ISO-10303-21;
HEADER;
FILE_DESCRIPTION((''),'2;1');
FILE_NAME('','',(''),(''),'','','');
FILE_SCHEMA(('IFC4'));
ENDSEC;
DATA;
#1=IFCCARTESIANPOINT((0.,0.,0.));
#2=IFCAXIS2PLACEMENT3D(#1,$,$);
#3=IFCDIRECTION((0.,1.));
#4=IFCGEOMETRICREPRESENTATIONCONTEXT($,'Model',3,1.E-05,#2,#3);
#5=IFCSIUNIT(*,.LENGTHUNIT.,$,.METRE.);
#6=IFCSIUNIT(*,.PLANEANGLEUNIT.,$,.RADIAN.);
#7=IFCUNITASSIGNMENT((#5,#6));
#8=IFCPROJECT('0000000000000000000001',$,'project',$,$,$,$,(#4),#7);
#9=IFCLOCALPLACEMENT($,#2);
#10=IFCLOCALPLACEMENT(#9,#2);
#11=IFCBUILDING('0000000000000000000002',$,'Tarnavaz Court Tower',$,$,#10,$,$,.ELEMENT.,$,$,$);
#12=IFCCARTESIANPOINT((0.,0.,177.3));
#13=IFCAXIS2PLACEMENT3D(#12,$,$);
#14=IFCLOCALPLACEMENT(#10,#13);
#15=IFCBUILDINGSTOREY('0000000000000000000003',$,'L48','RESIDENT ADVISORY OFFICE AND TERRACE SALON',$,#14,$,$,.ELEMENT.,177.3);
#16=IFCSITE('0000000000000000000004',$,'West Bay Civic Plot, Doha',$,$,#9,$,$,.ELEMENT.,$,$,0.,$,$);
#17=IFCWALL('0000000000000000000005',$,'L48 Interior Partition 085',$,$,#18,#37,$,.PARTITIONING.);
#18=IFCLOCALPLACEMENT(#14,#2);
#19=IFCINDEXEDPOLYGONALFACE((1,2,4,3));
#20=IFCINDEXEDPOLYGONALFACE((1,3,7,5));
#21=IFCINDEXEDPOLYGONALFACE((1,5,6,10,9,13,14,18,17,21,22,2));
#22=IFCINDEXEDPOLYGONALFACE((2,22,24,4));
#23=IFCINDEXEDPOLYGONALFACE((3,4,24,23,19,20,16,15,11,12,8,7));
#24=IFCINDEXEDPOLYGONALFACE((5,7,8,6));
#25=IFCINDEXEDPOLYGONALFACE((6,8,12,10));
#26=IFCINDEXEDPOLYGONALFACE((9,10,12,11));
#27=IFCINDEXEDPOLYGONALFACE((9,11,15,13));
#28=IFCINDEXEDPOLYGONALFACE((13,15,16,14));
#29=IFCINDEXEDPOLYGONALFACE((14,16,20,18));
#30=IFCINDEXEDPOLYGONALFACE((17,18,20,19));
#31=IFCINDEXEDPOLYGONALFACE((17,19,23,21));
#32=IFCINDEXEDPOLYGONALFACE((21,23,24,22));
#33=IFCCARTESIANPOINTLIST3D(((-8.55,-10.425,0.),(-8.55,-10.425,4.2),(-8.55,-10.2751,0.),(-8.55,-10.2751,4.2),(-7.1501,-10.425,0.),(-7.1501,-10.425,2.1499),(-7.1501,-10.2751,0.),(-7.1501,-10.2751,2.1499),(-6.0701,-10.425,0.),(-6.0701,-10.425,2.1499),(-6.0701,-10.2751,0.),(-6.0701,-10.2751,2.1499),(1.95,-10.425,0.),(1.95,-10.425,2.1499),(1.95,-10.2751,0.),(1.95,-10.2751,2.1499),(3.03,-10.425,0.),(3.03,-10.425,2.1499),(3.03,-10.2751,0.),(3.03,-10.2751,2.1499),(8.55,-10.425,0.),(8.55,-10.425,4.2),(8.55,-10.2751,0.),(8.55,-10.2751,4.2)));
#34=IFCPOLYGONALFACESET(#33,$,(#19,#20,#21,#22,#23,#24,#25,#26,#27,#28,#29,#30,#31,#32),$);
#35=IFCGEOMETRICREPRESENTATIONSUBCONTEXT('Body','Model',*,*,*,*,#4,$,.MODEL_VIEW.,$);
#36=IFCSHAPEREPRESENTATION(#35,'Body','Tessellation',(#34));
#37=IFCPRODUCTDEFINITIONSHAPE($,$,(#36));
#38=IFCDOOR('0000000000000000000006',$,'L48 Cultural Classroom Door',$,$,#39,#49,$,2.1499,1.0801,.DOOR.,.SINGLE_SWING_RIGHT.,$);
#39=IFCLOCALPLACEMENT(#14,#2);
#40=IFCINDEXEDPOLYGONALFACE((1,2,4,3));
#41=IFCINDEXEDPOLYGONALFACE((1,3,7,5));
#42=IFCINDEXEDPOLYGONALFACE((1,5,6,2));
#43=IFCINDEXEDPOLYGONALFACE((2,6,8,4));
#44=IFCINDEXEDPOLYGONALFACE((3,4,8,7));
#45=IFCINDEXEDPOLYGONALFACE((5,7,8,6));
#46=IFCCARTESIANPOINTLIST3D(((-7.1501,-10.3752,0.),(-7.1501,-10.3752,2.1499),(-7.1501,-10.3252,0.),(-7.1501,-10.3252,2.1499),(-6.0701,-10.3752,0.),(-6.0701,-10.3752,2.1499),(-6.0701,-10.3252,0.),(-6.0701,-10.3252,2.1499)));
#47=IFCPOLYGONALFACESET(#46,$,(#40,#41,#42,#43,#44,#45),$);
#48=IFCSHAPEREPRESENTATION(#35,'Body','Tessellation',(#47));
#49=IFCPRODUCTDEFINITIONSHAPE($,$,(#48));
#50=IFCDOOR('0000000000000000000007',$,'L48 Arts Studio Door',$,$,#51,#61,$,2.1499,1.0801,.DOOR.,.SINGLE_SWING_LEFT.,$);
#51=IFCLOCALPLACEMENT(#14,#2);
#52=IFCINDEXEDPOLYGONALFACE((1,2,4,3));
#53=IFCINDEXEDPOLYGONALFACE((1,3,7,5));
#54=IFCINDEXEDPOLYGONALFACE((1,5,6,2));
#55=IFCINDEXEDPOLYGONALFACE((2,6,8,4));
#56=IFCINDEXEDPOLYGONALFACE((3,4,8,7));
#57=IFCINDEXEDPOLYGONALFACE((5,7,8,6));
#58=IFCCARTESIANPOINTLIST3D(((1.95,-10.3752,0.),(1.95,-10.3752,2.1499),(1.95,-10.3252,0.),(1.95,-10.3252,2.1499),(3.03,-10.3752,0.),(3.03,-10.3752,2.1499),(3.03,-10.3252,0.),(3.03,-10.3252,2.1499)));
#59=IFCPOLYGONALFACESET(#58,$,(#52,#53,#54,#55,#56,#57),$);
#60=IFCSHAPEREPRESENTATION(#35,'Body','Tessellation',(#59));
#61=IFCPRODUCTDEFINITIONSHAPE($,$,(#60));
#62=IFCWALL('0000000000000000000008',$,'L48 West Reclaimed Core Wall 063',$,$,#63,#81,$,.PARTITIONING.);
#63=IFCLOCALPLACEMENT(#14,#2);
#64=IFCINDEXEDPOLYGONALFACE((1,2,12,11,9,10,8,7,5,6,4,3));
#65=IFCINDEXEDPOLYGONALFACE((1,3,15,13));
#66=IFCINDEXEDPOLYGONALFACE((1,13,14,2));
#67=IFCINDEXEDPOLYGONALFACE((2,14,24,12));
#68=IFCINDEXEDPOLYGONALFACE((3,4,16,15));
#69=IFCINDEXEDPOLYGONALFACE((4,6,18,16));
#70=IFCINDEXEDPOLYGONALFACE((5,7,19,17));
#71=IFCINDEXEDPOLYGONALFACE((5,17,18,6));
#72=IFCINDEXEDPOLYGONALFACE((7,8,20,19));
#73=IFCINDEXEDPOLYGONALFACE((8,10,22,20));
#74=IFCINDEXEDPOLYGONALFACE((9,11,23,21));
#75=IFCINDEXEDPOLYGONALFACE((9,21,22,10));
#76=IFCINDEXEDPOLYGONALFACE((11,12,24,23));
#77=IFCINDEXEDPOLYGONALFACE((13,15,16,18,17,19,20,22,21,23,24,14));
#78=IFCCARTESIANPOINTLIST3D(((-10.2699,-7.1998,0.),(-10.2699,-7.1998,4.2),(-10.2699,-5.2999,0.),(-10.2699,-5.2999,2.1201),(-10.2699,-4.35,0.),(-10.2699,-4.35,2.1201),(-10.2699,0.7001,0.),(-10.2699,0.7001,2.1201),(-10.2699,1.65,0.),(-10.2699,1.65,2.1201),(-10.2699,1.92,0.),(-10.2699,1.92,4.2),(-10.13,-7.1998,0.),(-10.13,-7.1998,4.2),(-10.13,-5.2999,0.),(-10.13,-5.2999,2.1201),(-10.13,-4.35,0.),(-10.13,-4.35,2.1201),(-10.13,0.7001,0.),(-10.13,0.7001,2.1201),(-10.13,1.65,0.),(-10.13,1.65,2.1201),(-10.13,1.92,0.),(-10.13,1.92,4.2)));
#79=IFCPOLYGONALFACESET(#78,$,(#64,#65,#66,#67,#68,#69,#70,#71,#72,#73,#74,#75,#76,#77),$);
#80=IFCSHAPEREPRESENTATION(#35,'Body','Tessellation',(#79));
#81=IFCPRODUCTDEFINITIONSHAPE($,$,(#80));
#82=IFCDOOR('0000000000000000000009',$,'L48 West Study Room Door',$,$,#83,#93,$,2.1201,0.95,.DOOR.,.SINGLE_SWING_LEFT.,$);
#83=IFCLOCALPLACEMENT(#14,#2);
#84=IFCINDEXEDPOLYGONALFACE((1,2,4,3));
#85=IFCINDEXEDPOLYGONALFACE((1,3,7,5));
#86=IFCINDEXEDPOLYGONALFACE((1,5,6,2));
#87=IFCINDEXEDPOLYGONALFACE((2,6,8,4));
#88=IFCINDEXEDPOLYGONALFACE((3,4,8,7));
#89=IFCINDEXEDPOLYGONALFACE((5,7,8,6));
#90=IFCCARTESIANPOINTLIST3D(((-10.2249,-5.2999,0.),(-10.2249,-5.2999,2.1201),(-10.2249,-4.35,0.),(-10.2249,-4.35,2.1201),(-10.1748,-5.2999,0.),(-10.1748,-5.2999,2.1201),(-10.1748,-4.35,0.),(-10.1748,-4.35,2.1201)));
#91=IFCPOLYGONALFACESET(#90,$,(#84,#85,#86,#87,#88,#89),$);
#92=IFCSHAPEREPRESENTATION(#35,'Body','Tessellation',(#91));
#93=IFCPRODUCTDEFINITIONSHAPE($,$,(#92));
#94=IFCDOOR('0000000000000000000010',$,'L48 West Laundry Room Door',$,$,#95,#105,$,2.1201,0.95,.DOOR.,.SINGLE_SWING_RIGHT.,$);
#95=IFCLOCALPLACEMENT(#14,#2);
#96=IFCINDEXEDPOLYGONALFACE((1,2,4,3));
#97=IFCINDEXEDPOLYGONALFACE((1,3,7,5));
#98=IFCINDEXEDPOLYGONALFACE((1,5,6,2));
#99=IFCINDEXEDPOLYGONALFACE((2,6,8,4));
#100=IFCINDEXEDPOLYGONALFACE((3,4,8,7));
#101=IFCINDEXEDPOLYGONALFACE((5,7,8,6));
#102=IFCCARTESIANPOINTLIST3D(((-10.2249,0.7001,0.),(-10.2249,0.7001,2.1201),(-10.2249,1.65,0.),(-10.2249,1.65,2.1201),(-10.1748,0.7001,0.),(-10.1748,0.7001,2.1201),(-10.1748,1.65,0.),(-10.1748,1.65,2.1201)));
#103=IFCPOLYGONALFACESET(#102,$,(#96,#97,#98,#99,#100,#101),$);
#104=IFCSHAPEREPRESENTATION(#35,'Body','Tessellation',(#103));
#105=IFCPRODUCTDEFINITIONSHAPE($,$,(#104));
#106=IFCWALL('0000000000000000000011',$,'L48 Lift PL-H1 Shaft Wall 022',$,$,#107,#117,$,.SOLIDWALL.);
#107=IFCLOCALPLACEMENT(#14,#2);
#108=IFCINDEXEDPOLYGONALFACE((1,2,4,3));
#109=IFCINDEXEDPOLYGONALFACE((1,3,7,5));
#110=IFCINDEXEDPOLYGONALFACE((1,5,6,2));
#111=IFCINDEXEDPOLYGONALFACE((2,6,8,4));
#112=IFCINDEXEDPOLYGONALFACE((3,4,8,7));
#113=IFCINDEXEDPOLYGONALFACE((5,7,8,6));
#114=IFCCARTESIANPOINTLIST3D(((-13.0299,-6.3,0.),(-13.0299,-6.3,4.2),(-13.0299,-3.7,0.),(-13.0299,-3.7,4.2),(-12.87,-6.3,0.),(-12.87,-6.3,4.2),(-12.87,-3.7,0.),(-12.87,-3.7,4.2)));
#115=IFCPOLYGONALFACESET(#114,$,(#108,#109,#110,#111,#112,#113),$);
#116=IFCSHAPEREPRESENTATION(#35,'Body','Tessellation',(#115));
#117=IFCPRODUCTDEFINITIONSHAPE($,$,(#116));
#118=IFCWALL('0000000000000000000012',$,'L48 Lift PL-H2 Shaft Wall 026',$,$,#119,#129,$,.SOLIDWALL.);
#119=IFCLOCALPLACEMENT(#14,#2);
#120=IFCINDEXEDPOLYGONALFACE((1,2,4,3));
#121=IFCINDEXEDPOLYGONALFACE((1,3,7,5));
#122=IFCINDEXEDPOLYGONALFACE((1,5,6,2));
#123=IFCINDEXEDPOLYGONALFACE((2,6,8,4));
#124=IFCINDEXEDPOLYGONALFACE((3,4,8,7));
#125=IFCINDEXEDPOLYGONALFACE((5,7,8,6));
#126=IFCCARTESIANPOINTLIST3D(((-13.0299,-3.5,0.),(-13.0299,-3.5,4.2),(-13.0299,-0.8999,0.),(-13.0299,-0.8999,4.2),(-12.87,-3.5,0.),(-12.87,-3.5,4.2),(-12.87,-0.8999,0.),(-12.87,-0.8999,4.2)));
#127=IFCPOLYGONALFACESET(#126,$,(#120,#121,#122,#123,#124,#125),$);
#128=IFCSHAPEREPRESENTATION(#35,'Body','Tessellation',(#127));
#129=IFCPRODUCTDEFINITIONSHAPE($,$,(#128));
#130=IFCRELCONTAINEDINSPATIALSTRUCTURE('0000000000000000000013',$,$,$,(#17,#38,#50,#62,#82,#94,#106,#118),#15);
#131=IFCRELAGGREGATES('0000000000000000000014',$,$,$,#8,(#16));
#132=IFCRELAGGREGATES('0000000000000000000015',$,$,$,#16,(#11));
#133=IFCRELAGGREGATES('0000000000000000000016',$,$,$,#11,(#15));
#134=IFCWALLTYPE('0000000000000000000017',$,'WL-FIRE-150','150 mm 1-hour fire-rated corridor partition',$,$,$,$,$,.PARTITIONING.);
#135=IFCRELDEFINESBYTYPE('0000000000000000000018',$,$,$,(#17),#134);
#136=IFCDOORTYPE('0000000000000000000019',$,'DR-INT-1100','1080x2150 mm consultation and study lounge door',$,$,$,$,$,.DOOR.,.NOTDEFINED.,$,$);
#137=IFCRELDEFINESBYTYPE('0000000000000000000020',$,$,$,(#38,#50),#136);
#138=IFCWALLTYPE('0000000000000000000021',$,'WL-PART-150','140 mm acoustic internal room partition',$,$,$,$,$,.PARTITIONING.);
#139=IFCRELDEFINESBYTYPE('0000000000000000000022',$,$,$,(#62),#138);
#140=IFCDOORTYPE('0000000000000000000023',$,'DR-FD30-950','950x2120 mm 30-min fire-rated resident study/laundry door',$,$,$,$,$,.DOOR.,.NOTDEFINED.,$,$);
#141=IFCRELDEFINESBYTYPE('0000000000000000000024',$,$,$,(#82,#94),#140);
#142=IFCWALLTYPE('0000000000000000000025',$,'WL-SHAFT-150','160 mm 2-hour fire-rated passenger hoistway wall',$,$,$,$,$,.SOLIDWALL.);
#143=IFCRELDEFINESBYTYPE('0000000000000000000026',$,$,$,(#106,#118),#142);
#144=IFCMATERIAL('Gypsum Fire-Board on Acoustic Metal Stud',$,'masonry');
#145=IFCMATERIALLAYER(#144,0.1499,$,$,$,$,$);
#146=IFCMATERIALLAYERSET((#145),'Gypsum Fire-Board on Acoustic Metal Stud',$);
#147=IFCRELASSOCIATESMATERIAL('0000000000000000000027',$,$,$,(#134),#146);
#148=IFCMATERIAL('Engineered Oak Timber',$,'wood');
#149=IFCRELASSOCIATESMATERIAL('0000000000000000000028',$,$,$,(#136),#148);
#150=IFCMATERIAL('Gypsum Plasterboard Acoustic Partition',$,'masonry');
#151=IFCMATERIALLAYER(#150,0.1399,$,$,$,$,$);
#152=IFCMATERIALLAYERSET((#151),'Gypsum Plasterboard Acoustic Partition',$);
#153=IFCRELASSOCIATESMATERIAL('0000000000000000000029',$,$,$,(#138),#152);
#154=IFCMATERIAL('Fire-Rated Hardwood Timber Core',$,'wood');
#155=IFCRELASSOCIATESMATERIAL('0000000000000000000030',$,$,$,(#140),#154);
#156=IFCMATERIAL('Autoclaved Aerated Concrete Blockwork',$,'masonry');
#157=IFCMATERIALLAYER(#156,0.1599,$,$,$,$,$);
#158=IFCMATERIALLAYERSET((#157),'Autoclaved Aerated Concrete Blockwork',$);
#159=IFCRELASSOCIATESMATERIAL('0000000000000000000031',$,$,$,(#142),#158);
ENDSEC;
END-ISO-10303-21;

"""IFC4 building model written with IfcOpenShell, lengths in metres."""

from ifc_helpers import new_model, si_unit, direction, frame, frame_2d, origin, place, context, subcontext, project, spatial, rectangle, extrude, material, layer, layer_set, type_object, element, fill, save


model = new_model("IFC4")

# Units and contexts
model_context = context("Model", 3, precision=1e-05, world=origin(), true_north=direction((0.0, 1.0)))
body_context = subcontext(model_context, "Body", "Model", "MODEL_VIEW")
ifc_project = project(units=[si_unit("LENGTHUNIT", "METRE"), si_unit("PLANEANGLEUNIT", "RADIAN")], contexts=[model_context])

# Site, building, storey
site_placement = place(None, origin())
site = spatial("IfcSite", under=ifc_project, at=site_placement, Name="West Bay Civic Plot, Doha", CompositionType="ELEMENT", RefElevation=0.0)
building_placement = place(site_placement, origin())
building = spatial("IfcBuilding", under=site, at=building_placement, Name="Tarnavaz Court Tower", CompositionType="ELEMENT")
storey_placement = place(building_placement, frame((0.0, 0.0, 177.3)))
storey = spatial("IfcBuildingStorey", under=building, at=storey_placement, Name="L48", Description="RESIDENT ADVISORY OFFICE AND TERRACE SALON", CompositionType="ELEMENT", Elevation=177.3)

# Walls, openings, doors
ifc_material_1 = material(Name="Gypsum Fire-Board on Acoustic Metal Stud", Category="masonry")
ifc_layer_1 = layer(ifc_material_1, 0.1499)
ifc_layer_set_1 = layer_set([ifc_layer_1], Name="Gypsum Fire-Board on Acoustic Metal Stud")
wall_type_1 = type_object("IfcWallType", Name="WL-FIRE-150", Description="150 mm 1-hour fire-rated corridor partition", PredefinedType="PARTITIONING", material=ifc_layer_set_1)
wall_1_placement = place(storey_placement, frame((-8.55, -10.3501, 0.0), z_axis=(0.0, 0.0, 1.0), x_axis=(1.0, 0.0, 0.0)))
wall_1 = element("IfcWall", 1, at=wall_1_placement, inside=storey, type_object=wall_type_1, Name="L48 Interior Partition 085", PredefinedType="PARTITIONING", context=body_context, shape_type="SweptSolid", body=[
    extrude(rectangle(XDim=17.1001, YDim=0.1499, at=frame_2d((8.55, 0.0))), origin(), (0.0, 0.0, 1.0), 4.2),
])
opening_1_placement = place(wall_1_placement, frame((1.3999, 0.0, 0.0)))
opening_1 = element("IfcOpeningElement", 2, at=opening_1_placement, cuts=wall_1, PredefinedType="OPENING", context=body_context, shape_type="SweptSolid", body=[
    extrude(rectangle(XDim=1.0801, YDim=2.1499, at=frame_2d((0.54, 1.075))), frame((0.0, 0.085, 0.0), z_axis=(0.0, -1.0, 0.0), x_axis=(1.0, 0.0, 0.0)), (0.0, 0.0, 1.0), 0.1699),
])
opening_2_placement = place(wall_1_placement, frame((10.5, 0.0, 0.0)))
opening_2 = element("IfcOpeningElement", 3, at=opening_2_placement, cuts=wall_1, PredefinedType="OPENING", context=body_context, shape_type="SweptSolid", body=[
    extrude(rectangle(XDim=1.0801, YDim=2.1499, at=frame_2d((0.54, 1.075))), frame((0.0, 0.085, 0.0), z_axis=(0.0, -1.0, 0.0), x_axis=(1.0, 0.0, 0.0)), (0.0, 0.0, 1.0), 0.1699),
])
ifc_material_2 = material(Name="Engineered Oak Timber", Category="wood")
door_type_1 = type_object("IfcDoorType", Name="DR-INT-1100", Description="1080x2150 mm consultation and study lounge door", OperationType="NOTDEFINED", PredefinedType="DOOR", material=ifc_material_2)
door_1_placement = place(opening_1_placement, origin())
door_1 = element("IfcDoor", 4, at=door_1_placement, inside=storey, type_object=door_type_1, Name="L48 Cultural Classroom Door", OperationType="SINGLE_SWING_RIGHT", OverallHeight=2.1499, OverallWidth=1.0801, PredefinedType="DOOR", context=body_context, shape_type="SweptSolid", body=[
    extrude(rectangle(XDim=1.0801, YDim=2.1499, at=frame_2d((0.54, 1.075))), frame((0.0, 0.0249, 0.0), z_axis=(0.0, -1.0, 0.0), x_axis=(1.0, 0.0, 0.0)), (0.0, 0.0, 1.0), 0.05),
])
fill(opening_1, door_1)
door_2_placement = place(opening_2_placement, origin())
door_2 = element("IfcDoor", 5, at=door_2_placement, inside=storey, type_object=door_type_1, Name="L48 Arts Studio Door", OperationType="SINGLE_SWING_LEFT", OverallHeight=2.1499, OverallWidth=1.0801, PredefinedType="DOOR", context=body_context, shape_type="SweptSolid", body=[
    extrude(rectangle(XDim=1.0801, YDim=2.1499, at=frame_2d((0.54, 1.075))), frame((0.0, 0.0249, 0.0), z_axis=(0.0, -1.0, 0.0), x_axis=(1.0, 0.0, 0.0)), (0.0, 0.0, 1.0), 0.05),
])
fill(opening_2, door_2)
ifc_material_3 = material(Name="Gypsum Plasterboard Acoustic Partition", Category="masonry")
ifc_layer_2 = layer(ifc_material_3, 0.1399)
ifc_layer_set_2 = layer_set([ifc_layer_2], Name="Gypsum Plasterboard Acoustic Partition")
wall_type_2 = type_object("IfcWallType", Name="WL-PART-150", Description="140 mm acoustic internal room partition", PredefinedType="PARTITIONING", material=ifc_layer_set_2)
wall_2_placement = place(storey_placement, frame((-10.2, -7.2, 0.0), z_axis=(0.0, 0.0, 1.0), x_axis=(0.0, 1.0, 0.0)))
wall_2 = element("IfcWall", 6, at=wall_2_placement, inside=storey, type_object=wall_type_2, Name="L48 West Reclaimed Core Wall 063", PredefinedType="PARTITIONING", context=body_context, shape_type="SweptSolid", body=[
    extrude(rectangle(XDim=9.1199, YDim=0.1399, at=frame_2d((4.5601, 0.0))), origin(), (0.0, 0.0, 1.0), 4.2),
])
opening_3_placement = place(wall_2_placement, frame((1.8999, 0.0, 0.0)))
opening_3 = element("IfcOpeningElement", 7, at=opening_3_placement, cuts=wall_2, PredefinedType="OPENING", context=body_context, shape_type="SweptSolid", body=[
    extrude(rectangle(XDim=0.95, YDim=2.1201, at=frame_2d((0.4751, 1.0601))), frame((0.0, 0.0798, 0.0), z_axis=(0.0, -1.0, 0.0), x_axis=(1.0, 0.0, 0.0)), (0.0, 0.0, 1.0), 0.1599),
])
opening_4_placement = place(wall_2_placement, frame((7.8999, 0.0, 0.0)))
opening_4 = element("IfcOpeningElement", 8, at=opening_4_placement, cuts=wall_2, PredefinedType="OPENING", context=body_context, shape_type="SweptSolid", body=[
    extrude(rectangle(XDim=0.95, YDim=2.1201, at=frame_2d((0.4751, 1.0601))), frame((0.0, 0.0798, 0.0), z_axis=(0.0, -1.0, 0.0), x_axis=(1.0, 0.0, 0.0)), (0.0, 0.0, 1.0), 0.1599),
])
ifc_material_4 = material(Name="Fire-Rated Hardwood Timber Core", Category="wood")
door_type_2 = type_object("IfcDoorType", Name="DR-FD30-950", Description="950x2120 mm 30-min fire-rated resident study/laundry door", OperationType="NOTDEFINED", PredefinedType="DOOR", material=ifc_material_4)
door_3_placement = place(opening_3_placement, origin())
door_3 = element("IfcDoor", 9, at=door_3_placement, inside=storey, type_object=door_type_2, Name="L48 West Study Room Door", OperationType="SINGLE_SWING_LEFT", OverallHeight=2.1201, OverallWidth=0.95, PredefinedType="DOOR", context=body_context, shape_type="SweptSolid", body=[
    extrude(rectangle(XDim=0.95, YDim=2.1201, at=frame_2d((0.4751, 1.0601))), frame((0.0, 0.0249, 0.0), z_axis=(0.0, -1.0, 0.0), x_axis=(1.0, 0.0, 0.0)), (0.0, 0.0, 1.0), 0.05),
])
fill(opening_3, door_3)
door_4_placement = place(opening_4_placement, origin())
door_4 = element("IfcDoor", 10, at=door_4_placement, inside=storey, type_object=door_type_2, Name="L48 West Laundry Room Door", OperationType="SINGLE_SWING_RIGHT", OverallHeight=2.1201, OverallWidth=0.95, PredefinedType="DOOR", context=body_context, shape_type="SweptSolid", body=[
    extrude(rectangle(XDim=0.95, YDim=2.1201, at=frame_2d((0.4751, 1.0601))), frame((0.0, 0.0249, 0.0), z_axis=(0.0, -1.0, 0.0), x_axis=(1.0, 0.0, 0.0)), (0.0, 0.0, 1.0), 0.05),
])
fill(opening_4, door_4)

# Walls
ifc_material_5 = material(Name="Autoclaved Aerated Concrete Blockwork", Category="masonry")
ifc_layer_3 = layer(ifc_material_5, 0.1599)
ifc_layer_set_3 = layer_set([ifc_layer_3], Name="Autoclaved Aerated Concrete Blockwork")
wall_type_3 = type_object("IfcWallType", Name="WL-SHAFT-150", Description="160 mm 2-hour fire-rated passenger hoistway wall", PredefinedType="SOLIDWALL", material=ifc_layer_set_3)
for number, where, z_axis, x_axis, name in (
    (11, (-12.95, -6.3, 0.0), (0.0, 0.0, 1.0), (0.0, 1.0, 0.0), "L48 Lift PL-H1 Shaft Wall 022"),
    (12, (-12.95, -3.5, 0.0), (0.0, 0.0, 1.0), (0.0, 1.0, 0.0), "L48 Lift PL-H2 Shaft Wall 026"),
):
    element("IfcWall", number, at=place(storey_placement, frame(where, z_axis=z_axis, x_axis=x_axis)), inside=storey, type_object=wall_type_3, Name=name, PredefinedType="SOLIDWALL", context=body_context, shape_type="SweptSolid", body=[
        extrude(rectangle(XDim=2.6001, YDim=0.1599, at=frame_2d((1.3, 0.0))), origin(), (0.0, 0.0, 1.0), 4.2),
    ])

save(model, "model.ifc")
